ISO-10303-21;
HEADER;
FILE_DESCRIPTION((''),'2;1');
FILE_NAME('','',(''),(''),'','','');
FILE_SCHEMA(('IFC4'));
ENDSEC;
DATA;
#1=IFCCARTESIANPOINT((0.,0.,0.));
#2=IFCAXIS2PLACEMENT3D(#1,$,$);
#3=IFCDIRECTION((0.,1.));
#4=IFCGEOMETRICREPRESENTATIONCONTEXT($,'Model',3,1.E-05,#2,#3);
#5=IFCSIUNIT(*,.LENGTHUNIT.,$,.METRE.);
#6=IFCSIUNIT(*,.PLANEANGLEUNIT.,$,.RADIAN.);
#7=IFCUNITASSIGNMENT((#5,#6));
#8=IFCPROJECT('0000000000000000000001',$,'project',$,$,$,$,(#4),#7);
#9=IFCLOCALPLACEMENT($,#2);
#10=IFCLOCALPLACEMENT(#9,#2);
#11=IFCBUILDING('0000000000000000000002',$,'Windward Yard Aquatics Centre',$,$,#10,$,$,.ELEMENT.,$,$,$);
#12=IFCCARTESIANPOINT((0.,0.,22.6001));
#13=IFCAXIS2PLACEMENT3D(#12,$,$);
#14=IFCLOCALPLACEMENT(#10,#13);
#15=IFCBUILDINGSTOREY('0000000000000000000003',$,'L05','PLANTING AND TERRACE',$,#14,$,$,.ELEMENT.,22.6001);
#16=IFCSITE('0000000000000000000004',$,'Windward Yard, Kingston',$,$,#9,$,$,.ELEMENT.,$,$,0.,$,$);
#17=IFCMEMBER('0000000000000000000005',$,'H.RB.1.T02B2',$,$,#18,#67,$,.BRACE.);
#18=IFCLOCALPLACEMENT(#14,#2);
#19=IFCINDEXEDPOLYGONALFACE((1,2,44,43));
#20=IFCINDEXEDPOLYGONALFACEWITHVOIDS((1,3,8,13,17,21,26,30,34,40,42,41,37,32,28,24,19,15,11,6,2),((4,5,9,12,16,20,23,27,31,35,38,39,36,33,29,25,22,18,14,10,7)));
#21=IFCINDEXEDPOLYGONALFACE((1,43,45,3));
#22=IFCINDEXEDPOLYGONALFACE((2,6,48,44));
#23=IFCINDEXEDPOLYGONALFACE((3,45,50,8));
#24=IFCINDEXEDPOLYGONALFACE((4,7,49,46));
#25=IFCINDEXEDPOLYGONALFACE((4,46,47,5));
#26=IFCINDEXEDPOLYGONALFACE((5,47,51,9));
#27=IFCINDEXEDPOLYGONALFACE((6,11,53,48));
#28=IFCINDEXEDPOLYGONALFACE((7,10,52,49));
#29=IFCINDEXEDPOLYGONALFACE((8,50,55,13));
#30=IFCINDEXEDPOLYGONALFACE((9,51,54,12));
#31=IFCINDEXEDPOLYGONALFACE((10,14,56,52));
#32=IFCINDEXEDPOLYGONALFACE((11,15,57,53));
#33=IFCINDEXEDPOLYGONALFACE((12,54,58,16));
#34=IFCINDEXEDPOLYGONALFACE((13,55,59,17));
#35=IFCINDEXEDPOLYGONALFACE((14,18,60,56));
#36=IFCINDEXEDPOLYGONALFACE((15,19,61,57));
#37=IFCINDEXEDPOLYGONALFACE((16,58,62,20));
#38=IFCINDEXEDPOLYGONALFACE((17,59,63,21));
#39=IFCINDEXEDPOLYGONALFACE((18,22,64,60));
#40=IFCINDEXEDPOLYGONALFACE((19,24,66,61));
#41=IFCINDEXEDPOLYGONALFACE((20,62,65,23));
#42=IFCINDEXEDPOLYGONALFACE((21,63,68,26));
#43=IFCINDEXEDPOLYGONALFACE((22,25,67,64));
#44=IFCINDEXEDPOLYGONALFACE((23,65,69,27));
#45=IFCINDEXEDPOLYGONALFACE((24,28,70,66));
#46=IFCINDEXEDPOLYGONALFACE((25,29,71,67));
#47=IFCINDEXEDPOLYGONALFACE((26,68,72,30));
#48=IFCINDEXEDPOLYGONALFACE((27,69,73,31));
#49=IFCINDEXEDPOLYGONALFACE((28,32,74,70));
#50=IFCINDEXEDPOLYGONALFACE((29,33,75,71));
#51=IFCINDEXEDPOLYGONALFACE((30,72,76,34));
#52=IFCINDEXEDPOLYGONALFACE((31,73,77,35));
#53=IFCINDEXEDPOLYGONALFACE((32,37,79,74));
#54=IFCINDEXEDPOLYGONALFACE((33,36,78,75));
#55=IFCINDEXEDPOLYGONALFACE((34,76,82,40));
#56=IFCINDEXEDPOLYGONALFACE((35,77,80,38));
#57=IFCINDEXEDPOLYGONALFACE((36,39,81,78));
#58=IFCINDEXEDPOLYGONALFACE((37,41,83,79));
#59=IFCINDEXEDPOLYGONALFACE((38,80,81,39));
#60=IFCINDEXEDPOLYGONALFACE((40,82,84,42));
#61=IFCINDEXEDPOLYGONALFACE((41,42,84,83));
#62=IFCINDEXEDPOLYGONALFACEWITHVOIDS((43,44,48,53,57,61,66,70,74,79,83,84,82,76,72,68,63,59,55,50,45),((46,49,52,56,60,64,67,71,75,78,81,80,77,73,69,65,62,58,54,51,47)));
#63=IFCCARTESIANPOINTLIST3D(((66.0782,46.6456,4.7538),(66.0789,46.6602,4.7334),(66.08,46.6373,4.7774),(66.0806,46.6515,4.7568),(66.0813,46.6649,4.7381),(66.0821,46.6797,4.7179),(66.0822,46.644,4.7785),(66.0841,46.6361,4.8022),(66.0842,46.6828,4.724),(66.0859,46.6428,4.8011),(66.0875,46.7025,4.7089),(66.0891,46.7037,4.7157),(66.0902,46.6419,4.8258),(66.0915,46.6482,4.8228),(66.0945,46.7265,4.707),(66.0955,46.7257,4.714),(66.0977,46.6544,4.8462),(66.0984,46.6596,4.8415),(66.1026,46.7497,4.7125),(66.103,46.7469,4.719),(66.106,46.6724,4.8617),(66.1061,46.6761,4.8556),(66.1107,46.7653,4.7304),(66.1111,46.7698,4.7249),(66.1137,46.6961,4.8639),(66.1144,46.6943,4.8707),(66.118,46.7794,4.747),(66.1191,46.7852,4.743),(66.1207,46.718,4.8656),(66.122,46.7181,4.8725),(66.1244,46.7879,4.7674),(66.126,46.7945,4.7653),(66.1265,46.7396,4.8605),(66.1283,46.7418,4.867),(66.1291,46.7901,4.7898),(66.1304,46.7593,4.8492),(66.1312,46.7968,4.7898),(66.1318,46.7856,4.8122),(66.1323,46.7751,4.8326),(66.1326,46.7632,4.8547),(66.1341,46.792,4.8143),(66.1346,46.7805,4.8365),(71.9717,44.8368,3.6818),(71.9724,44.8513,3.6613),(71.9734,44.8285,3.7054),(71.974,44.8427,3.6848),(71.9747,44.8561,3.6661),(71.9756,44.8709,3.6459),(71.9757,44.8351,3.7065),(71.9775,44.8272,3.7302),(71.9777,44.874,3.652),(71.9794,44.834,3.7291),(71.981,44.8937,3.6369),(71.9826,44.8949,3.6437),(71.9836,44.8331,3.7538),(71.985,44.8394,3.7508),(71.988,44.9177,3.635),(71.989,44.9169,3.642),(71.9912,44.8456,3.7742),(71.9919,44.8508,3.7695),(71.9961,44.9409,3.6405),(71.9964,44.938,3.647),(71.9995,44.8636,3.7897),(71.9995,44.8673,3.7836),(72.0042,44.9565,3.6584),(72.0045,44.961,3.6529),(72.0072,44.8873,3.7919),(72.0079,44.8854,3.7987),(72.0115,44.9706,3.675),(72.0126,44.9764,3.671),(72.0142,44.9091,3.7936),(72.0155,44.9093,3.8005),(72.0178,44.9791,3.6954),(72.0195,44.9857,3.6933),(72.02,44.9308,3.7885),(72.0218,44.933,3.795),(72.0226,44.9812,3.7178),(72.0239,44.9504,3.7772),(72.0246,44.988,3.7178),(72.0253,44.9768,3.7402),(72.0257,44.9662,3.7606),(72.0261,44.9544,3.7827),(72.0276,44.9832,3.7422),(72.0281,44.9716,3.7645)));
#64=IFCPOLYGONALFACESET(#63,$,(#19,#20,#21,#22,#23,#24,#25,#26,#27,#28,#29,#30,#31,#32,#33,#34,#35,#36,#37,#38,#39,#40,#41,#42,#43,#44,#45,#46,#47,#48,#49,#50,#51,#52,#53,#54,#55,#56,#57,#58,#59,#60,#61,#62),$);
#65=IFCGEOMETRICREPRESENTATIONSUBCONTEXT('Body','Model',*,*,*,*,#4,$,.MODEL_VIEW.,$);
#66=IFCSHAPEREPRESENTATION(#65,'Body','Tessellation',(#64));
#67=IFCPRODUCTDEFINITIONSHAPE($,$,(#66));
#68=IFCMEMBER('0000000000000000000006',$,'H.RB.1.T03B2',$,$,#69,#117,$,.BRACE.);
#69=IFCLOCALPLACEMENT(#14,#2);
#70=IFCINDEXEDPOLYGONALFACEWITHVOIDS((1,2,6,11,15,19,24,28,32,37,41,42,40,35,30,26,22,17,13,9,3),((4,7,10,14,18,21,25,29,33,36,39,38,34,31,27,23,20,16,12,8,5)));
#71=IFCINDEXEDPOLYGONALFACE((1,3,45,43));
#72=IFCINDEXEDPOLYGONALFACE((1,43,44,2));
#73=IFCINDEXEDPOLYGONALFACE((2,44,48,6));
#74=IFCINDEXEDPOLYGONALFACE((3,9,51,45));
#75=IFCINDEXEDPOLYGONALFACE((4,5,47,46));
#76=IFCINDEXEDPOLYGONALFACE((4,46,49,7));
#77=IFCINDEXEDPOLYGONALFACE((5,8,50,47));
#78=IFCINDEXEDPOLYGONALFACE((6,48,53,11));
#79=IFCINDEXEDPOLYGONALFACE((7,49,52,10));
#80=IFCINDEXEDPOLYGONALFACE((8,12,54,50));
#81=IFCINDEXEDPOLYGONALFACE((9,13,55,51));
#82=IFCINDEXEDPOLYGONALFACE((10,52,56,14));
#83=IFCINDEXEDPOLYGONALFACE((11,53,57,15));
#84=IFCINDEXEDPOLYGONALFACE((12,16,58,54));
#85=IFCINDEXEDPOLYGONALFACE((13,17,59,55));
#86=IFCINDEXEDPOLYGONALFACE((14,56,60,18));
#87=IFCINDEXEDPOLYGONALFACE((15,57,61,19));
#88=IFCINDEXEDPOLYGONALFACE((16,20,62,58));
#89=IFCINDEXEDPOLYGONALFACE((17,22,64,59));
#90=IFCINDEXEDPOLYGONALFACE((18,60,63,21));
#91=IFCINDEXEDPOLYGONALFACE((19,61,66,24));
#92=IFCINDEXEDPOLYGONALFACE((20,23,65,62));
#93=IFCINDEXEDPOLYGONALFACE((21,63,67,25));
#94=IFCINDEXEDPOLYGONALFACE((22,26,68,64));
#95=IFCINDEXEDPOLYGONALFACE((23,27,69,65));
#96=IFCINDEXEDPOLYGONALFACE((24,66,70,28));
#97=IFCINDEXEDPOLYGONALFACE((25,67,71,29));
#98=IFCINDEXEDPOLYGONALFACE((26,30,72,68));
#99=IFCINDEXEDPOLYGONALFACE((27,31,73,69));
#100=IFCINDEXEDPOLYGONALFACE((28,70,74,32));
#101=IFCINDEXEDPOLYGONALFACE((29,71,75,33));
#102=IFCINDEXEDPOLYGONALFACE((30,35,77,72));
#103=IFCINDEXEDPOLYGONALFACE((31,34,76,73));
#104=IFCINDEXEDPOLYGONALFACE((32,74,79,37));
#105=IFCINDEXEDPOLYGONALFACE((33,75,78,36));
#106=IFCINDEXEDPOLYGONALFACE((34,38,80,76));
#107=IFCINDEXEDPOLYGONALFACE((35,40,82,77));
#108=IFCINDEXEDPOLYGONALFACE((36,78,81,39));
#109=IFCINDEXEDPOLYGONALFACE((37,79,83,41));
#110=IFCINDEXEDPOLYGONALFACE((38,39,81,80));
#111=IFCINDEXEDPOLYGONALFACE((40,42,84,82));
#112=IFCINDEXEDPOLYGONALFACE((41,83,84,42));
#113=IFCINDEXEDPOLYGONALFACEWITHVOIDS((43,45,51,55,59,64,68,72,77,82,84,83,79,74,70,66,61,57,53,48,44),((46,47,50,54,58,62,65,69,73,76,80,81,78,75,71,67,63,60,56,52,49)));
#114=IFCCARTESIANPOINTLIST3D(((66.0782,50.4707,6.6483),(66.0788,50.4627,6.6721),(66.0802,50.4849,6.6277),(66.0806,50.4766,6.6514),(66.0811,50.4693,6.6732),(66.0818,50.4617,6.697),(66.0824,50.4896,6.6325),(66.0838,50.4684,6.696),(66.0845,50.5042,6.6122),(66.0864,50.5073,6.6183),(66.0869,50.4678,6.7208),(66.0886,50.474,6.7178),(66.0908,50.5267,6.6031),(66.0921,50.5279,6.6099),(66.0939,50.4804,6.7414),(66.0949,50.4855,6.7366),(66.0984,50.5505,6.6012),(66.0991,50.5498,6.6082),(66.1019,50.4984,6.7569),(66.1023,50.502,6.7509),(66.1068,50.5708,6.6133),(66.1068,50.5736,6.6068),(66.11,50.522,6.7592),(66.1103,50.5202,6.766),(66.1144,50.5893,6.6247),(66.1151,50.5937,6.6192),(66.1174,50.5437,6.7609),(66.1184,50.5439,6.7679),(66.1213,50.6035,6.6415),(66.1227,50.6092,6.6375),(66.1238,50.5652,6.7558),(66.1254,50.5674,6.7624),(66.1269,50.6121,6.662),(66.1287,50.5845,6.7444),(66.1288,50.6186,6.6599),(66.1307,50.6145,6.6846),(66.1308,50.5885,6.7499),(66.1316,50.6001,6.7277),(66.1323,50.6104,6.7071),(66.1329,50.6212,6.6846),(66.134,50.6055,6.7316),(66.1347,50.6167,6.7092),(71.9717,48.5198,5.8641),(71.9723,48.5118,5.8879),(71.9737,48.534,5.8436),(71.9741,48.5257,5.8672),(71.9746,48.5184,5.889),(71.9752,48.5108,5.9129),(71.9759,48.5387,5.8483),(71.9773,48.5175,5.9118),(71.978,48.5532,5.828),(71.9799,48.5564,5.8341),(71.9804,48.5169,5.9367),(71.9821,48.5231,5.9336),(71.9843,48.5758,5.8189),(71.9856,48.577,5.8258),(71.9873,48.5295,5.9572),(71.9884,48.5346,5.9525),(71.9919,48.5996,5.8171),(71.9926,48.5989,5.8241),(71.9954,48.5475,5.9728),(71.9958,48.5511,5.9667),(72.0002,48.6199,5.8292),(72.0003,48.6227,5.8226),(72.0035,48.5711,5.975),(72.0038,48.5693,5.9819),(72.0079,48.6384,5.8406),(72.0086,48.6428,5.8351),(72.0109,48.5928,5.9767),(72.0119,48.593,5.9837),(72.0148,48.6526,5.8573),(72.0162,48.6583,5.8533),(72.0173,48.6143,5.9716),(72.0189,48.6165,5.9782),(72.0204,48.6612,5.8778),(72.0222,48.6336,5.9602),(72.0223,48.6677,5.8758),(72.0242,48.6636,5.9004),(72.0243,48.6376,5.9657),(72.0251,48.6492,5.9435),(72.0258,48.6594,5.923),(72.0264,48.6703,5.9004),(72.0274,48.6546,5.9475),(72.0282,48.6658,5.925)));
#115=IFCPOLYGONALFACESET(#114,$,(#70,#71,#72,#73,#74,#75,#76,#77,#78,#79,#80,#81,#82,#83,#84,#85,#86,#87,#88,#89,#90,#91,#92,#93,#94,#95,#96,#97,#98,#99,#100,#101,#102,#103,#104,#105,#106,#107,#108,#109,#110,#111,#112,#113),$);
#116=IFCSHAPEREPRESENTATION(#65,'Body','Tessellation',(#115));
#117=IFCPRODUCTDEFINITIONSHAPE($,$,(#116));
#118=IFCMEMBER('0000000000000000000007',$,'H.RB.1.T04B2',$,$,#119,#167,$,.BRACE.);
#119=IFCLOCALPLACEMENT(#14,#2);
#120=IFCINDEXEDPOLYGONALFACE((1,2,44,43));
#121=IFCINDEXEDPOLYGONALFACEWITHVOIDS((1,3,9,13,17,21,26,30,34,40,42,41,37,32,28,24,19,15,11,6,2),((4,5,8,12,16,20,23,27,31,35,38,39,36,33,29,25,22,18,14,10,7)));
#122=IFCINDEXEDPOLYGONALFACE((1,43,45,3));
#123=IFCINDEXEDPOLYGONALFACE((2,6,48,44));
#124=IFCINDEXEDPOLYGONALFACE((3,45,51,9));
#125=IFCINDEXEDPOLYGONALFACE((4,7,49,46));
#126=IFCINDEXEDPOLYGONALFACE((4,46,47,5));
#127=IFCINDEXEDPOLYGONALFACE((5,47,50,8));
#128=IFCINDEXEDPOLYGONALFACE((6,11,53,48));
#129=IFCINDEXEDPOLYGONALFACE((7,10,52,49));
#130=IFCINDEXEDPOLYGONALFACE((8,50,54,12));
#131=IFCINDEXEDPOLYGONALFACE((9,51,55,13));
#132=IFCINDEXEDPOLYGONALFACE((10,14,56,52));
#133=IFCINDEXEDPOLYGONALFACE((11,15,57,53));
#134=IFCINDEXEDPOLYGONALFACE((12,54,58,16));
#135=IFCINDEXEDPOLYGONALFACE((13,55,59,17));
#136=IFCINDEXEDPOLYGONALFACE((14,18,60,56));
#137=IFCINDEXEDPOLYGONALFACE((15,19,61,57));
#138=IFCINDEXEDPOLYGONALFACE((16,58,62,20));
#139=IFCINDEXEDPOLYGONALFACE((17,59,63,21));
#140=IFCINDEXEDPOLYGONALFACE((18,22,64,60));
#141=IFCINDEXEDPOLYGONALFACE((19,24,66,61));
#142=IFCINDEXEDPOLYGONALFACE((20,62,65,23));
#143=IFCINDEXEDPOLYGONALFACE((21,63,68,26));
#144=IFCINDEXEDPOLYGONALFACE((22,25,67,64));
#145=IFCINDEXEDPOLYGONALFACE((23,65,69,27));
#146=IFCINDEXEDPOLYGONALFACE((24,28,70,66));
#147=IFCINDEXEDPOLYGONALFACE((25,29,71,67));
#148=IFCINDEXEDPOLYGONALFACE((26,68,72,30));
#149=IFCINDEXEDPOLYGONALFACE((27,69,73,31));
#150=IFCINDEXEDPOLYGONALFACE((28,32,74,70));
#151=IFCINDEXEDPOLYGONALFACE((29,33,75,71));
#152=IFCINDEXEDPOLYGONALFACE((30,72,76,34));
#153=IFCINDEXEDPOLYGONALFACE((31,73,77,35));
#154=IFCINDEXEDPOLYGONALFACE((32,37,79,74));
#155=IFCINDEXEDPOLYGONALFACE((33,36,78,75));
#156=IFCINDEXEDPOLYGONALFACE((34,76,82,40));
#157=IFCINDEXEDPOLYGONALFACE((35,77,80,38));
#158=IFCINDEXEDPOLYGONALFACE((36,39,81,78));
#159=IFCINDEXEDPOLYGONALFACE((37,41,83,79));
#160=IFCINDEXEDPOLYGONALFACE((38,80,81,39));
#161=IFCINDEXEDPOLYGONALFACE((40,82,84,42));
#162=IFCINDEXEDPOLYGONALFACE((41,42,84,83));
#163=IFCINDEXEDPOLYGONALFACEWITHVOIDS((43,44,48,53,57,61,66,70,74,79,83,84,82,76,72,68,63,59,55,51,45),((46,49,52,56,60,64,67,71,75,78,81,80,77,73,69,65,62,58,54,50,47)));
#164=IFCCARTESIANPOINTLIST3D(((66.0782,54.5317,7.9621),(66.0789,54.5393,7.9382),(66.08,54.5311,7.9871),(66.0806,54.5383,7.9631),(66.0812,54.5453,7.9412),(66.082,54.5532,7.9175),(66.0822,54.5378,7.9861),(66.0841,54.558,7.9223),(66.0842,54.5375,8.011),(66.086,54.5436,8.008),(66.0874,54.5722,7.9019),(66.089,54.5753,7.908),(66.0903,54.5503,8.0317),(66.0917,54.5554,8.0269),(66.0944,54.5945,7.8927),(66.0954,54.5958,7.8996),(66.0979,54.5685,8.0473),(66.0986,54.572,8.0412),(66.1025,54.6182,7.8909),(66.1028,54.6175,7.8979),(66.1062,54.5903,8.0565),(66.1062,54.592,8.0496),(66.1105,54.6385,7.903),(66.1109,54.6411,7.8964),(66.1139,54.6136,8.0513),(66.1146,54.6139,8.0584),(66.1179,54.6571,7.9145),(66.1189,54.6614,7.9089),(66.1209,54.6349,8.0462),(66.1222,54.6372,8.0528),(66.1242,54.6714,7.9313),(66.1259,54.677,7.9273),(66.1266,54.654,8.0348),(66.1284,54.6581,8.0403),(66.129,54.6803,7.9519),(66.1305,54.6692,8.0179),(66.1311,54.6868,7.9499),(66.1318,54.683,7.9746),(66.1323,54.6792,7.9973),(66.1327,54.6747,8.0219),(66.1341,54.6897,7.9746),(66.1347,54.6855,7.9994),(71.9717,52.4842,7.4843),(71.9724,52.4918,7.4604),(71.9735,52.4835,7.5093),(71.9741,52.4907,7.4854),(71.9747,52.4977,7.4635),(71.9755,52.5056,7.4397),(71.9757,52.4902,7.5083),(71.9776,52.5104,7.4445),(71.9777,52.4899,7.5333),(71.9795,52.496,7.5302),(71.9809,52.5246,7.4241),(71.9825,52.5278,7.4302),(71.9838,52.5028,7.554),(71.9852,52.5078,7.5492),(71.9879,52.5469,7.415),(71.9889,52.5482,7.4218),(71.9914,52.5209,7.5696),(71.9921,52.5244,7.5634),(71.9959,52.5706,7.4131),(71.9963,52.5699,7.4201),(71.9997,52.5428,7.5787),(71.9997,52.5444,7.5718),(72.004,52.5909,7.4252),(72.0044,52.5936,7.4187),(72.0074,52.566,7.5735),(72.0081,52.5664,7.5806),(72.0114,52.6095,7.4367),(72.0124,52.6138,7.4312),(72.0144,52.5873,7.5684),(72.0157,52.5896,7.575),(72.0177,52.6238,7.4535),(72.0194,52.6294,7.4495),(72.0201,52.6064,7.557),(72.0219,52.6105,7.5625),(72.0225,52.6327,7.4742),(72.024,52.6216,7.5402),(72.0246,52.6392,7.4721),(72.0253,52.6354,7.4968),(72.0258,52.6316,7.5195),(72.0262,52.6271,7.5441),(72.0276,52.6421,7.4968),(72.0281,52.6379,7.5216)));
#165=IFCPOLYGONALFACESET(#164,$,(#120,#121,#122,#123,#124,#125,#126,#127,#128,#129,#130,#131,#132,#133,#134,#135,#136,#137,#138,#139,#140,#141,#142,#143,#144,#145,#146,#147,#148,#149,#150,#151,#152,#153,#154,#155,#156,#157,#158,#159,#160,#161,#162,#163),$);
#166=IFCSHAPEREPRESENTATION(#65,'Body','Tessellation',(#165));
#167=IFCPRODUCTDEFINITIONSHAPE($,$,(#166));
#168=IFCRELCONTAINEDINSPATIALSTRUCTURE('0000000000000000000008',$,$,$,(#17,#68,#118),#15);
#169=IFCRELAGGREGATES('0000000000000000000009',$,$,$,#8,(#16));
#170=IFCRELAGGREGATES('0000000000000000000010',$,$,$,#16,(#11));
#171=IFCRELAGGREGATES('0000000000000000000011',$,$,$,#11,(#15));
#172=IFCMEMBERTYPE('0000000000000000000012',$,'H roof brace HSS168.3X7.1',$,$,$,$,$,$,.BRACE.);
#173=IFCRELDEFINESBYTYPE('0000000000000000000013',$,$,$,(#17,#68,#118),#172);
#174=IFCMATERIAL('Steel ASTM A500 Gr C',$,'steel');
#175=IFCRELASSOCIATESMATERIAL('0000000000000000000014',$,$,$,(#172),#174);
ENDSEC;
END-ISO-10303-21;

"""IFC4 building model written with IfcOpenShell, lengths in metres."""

from ifc_helpers import new_model, si_unit, direction, frame, origin, origin_2d, place, context, subcontext, project, spatial, hollow_circle, extrude, material, material_profile, profile_set, type_object, element, save


model = new_model("IFC4")

# Units and contexts
model_context = context("Model", 3, precision=1e-05, world=origin(), true_north=direction((0.0, 1.0)))
body_context = subcontext(model_context, "Body", "Model", "MODEL_VIEW")
ifc_project = project(units=[si_unit("LENGTHUNIT", "METRE"), si_unit("PLANEANGLEUNIT", "RADIAN")], contexts=[model_context])

# Site, building, storey
site_placement = place(None, origin())
site = spatial("IfcSite", under=ifc_project, at=site_placement, Name="Windward Yard, Kingston", CompositionType="ELEMENT", RefElevation=0.0)
building_placement = place(site_placement, origin())
building = spatial("IfcBuilding", under=site, at=building_placement, Name="Windward Yard Aquatics Centre", CompositionType="ELEMENT")
storey_placement = place(building_placement, frame((0.0, 0.0, 22.6001)))
storey = spatial("IfcBuildingStorey", under=building, at=storey_placement, Name="L05", Description="PLANTING AND TERRACE", CompositionType="ELEMENT", Elevation=22.6001)

# Members
ifc_material_1 = material(Name="Steel ASTM A500 Gr C", Category="steel")
ifc_material_profile = material_profile(ifc_material_1, hollow_circle(Radius=0.0842, WallThickness=0.0071, at=origin_2d()), Name="HSS168.3X7.1")
ifc_profile_set = profile_set([ifc_material_profile], Name="Steel ASTM A500 Gr C")
member_type = type_object("IfcMemberType", Name="H roof brace HSS168.3X7.1", PredefinedType="BRACE", material=ifc_profile_set)
for number, where, z_axis, x_axis, name in (
    (1, (66.1064, 46.7163, 4.7898), (0.941853, -0.289072, -0.17132), (0.29341, 0.955987, 0.0), "H.RB.1.T02B2"),
    (2, (66.1064, 50.5413, 6.6846), (0.941854, -0.311779, -0.12532), (0.314257, 0.949338, 0.0), "H.RB.1.T03B2"),
    (3, (66.1064, 54.6101, 7.9746), (0.941855, -0.32723, -0.076355), (0.328188, 0.944612, 0.0), "H.RB.1.T04B2"),
):
    element("IfcMember", number, at=place(storey_placement, frame(where, z_axis=z_axis, x_axis=x_axis)), inside=storey, type_object=member_type, Name=name, PredefinedType="BRACE", context=body_context, shape_type="SweptSolid", body=[
        extrude(hollow_circle(Radius=0.0842, WallThickness=0.0071, at=origin_2d()), origin(), (0.0, 0.0, 1.0), 6.2573),
    ])

save(model, "model.ifc")
